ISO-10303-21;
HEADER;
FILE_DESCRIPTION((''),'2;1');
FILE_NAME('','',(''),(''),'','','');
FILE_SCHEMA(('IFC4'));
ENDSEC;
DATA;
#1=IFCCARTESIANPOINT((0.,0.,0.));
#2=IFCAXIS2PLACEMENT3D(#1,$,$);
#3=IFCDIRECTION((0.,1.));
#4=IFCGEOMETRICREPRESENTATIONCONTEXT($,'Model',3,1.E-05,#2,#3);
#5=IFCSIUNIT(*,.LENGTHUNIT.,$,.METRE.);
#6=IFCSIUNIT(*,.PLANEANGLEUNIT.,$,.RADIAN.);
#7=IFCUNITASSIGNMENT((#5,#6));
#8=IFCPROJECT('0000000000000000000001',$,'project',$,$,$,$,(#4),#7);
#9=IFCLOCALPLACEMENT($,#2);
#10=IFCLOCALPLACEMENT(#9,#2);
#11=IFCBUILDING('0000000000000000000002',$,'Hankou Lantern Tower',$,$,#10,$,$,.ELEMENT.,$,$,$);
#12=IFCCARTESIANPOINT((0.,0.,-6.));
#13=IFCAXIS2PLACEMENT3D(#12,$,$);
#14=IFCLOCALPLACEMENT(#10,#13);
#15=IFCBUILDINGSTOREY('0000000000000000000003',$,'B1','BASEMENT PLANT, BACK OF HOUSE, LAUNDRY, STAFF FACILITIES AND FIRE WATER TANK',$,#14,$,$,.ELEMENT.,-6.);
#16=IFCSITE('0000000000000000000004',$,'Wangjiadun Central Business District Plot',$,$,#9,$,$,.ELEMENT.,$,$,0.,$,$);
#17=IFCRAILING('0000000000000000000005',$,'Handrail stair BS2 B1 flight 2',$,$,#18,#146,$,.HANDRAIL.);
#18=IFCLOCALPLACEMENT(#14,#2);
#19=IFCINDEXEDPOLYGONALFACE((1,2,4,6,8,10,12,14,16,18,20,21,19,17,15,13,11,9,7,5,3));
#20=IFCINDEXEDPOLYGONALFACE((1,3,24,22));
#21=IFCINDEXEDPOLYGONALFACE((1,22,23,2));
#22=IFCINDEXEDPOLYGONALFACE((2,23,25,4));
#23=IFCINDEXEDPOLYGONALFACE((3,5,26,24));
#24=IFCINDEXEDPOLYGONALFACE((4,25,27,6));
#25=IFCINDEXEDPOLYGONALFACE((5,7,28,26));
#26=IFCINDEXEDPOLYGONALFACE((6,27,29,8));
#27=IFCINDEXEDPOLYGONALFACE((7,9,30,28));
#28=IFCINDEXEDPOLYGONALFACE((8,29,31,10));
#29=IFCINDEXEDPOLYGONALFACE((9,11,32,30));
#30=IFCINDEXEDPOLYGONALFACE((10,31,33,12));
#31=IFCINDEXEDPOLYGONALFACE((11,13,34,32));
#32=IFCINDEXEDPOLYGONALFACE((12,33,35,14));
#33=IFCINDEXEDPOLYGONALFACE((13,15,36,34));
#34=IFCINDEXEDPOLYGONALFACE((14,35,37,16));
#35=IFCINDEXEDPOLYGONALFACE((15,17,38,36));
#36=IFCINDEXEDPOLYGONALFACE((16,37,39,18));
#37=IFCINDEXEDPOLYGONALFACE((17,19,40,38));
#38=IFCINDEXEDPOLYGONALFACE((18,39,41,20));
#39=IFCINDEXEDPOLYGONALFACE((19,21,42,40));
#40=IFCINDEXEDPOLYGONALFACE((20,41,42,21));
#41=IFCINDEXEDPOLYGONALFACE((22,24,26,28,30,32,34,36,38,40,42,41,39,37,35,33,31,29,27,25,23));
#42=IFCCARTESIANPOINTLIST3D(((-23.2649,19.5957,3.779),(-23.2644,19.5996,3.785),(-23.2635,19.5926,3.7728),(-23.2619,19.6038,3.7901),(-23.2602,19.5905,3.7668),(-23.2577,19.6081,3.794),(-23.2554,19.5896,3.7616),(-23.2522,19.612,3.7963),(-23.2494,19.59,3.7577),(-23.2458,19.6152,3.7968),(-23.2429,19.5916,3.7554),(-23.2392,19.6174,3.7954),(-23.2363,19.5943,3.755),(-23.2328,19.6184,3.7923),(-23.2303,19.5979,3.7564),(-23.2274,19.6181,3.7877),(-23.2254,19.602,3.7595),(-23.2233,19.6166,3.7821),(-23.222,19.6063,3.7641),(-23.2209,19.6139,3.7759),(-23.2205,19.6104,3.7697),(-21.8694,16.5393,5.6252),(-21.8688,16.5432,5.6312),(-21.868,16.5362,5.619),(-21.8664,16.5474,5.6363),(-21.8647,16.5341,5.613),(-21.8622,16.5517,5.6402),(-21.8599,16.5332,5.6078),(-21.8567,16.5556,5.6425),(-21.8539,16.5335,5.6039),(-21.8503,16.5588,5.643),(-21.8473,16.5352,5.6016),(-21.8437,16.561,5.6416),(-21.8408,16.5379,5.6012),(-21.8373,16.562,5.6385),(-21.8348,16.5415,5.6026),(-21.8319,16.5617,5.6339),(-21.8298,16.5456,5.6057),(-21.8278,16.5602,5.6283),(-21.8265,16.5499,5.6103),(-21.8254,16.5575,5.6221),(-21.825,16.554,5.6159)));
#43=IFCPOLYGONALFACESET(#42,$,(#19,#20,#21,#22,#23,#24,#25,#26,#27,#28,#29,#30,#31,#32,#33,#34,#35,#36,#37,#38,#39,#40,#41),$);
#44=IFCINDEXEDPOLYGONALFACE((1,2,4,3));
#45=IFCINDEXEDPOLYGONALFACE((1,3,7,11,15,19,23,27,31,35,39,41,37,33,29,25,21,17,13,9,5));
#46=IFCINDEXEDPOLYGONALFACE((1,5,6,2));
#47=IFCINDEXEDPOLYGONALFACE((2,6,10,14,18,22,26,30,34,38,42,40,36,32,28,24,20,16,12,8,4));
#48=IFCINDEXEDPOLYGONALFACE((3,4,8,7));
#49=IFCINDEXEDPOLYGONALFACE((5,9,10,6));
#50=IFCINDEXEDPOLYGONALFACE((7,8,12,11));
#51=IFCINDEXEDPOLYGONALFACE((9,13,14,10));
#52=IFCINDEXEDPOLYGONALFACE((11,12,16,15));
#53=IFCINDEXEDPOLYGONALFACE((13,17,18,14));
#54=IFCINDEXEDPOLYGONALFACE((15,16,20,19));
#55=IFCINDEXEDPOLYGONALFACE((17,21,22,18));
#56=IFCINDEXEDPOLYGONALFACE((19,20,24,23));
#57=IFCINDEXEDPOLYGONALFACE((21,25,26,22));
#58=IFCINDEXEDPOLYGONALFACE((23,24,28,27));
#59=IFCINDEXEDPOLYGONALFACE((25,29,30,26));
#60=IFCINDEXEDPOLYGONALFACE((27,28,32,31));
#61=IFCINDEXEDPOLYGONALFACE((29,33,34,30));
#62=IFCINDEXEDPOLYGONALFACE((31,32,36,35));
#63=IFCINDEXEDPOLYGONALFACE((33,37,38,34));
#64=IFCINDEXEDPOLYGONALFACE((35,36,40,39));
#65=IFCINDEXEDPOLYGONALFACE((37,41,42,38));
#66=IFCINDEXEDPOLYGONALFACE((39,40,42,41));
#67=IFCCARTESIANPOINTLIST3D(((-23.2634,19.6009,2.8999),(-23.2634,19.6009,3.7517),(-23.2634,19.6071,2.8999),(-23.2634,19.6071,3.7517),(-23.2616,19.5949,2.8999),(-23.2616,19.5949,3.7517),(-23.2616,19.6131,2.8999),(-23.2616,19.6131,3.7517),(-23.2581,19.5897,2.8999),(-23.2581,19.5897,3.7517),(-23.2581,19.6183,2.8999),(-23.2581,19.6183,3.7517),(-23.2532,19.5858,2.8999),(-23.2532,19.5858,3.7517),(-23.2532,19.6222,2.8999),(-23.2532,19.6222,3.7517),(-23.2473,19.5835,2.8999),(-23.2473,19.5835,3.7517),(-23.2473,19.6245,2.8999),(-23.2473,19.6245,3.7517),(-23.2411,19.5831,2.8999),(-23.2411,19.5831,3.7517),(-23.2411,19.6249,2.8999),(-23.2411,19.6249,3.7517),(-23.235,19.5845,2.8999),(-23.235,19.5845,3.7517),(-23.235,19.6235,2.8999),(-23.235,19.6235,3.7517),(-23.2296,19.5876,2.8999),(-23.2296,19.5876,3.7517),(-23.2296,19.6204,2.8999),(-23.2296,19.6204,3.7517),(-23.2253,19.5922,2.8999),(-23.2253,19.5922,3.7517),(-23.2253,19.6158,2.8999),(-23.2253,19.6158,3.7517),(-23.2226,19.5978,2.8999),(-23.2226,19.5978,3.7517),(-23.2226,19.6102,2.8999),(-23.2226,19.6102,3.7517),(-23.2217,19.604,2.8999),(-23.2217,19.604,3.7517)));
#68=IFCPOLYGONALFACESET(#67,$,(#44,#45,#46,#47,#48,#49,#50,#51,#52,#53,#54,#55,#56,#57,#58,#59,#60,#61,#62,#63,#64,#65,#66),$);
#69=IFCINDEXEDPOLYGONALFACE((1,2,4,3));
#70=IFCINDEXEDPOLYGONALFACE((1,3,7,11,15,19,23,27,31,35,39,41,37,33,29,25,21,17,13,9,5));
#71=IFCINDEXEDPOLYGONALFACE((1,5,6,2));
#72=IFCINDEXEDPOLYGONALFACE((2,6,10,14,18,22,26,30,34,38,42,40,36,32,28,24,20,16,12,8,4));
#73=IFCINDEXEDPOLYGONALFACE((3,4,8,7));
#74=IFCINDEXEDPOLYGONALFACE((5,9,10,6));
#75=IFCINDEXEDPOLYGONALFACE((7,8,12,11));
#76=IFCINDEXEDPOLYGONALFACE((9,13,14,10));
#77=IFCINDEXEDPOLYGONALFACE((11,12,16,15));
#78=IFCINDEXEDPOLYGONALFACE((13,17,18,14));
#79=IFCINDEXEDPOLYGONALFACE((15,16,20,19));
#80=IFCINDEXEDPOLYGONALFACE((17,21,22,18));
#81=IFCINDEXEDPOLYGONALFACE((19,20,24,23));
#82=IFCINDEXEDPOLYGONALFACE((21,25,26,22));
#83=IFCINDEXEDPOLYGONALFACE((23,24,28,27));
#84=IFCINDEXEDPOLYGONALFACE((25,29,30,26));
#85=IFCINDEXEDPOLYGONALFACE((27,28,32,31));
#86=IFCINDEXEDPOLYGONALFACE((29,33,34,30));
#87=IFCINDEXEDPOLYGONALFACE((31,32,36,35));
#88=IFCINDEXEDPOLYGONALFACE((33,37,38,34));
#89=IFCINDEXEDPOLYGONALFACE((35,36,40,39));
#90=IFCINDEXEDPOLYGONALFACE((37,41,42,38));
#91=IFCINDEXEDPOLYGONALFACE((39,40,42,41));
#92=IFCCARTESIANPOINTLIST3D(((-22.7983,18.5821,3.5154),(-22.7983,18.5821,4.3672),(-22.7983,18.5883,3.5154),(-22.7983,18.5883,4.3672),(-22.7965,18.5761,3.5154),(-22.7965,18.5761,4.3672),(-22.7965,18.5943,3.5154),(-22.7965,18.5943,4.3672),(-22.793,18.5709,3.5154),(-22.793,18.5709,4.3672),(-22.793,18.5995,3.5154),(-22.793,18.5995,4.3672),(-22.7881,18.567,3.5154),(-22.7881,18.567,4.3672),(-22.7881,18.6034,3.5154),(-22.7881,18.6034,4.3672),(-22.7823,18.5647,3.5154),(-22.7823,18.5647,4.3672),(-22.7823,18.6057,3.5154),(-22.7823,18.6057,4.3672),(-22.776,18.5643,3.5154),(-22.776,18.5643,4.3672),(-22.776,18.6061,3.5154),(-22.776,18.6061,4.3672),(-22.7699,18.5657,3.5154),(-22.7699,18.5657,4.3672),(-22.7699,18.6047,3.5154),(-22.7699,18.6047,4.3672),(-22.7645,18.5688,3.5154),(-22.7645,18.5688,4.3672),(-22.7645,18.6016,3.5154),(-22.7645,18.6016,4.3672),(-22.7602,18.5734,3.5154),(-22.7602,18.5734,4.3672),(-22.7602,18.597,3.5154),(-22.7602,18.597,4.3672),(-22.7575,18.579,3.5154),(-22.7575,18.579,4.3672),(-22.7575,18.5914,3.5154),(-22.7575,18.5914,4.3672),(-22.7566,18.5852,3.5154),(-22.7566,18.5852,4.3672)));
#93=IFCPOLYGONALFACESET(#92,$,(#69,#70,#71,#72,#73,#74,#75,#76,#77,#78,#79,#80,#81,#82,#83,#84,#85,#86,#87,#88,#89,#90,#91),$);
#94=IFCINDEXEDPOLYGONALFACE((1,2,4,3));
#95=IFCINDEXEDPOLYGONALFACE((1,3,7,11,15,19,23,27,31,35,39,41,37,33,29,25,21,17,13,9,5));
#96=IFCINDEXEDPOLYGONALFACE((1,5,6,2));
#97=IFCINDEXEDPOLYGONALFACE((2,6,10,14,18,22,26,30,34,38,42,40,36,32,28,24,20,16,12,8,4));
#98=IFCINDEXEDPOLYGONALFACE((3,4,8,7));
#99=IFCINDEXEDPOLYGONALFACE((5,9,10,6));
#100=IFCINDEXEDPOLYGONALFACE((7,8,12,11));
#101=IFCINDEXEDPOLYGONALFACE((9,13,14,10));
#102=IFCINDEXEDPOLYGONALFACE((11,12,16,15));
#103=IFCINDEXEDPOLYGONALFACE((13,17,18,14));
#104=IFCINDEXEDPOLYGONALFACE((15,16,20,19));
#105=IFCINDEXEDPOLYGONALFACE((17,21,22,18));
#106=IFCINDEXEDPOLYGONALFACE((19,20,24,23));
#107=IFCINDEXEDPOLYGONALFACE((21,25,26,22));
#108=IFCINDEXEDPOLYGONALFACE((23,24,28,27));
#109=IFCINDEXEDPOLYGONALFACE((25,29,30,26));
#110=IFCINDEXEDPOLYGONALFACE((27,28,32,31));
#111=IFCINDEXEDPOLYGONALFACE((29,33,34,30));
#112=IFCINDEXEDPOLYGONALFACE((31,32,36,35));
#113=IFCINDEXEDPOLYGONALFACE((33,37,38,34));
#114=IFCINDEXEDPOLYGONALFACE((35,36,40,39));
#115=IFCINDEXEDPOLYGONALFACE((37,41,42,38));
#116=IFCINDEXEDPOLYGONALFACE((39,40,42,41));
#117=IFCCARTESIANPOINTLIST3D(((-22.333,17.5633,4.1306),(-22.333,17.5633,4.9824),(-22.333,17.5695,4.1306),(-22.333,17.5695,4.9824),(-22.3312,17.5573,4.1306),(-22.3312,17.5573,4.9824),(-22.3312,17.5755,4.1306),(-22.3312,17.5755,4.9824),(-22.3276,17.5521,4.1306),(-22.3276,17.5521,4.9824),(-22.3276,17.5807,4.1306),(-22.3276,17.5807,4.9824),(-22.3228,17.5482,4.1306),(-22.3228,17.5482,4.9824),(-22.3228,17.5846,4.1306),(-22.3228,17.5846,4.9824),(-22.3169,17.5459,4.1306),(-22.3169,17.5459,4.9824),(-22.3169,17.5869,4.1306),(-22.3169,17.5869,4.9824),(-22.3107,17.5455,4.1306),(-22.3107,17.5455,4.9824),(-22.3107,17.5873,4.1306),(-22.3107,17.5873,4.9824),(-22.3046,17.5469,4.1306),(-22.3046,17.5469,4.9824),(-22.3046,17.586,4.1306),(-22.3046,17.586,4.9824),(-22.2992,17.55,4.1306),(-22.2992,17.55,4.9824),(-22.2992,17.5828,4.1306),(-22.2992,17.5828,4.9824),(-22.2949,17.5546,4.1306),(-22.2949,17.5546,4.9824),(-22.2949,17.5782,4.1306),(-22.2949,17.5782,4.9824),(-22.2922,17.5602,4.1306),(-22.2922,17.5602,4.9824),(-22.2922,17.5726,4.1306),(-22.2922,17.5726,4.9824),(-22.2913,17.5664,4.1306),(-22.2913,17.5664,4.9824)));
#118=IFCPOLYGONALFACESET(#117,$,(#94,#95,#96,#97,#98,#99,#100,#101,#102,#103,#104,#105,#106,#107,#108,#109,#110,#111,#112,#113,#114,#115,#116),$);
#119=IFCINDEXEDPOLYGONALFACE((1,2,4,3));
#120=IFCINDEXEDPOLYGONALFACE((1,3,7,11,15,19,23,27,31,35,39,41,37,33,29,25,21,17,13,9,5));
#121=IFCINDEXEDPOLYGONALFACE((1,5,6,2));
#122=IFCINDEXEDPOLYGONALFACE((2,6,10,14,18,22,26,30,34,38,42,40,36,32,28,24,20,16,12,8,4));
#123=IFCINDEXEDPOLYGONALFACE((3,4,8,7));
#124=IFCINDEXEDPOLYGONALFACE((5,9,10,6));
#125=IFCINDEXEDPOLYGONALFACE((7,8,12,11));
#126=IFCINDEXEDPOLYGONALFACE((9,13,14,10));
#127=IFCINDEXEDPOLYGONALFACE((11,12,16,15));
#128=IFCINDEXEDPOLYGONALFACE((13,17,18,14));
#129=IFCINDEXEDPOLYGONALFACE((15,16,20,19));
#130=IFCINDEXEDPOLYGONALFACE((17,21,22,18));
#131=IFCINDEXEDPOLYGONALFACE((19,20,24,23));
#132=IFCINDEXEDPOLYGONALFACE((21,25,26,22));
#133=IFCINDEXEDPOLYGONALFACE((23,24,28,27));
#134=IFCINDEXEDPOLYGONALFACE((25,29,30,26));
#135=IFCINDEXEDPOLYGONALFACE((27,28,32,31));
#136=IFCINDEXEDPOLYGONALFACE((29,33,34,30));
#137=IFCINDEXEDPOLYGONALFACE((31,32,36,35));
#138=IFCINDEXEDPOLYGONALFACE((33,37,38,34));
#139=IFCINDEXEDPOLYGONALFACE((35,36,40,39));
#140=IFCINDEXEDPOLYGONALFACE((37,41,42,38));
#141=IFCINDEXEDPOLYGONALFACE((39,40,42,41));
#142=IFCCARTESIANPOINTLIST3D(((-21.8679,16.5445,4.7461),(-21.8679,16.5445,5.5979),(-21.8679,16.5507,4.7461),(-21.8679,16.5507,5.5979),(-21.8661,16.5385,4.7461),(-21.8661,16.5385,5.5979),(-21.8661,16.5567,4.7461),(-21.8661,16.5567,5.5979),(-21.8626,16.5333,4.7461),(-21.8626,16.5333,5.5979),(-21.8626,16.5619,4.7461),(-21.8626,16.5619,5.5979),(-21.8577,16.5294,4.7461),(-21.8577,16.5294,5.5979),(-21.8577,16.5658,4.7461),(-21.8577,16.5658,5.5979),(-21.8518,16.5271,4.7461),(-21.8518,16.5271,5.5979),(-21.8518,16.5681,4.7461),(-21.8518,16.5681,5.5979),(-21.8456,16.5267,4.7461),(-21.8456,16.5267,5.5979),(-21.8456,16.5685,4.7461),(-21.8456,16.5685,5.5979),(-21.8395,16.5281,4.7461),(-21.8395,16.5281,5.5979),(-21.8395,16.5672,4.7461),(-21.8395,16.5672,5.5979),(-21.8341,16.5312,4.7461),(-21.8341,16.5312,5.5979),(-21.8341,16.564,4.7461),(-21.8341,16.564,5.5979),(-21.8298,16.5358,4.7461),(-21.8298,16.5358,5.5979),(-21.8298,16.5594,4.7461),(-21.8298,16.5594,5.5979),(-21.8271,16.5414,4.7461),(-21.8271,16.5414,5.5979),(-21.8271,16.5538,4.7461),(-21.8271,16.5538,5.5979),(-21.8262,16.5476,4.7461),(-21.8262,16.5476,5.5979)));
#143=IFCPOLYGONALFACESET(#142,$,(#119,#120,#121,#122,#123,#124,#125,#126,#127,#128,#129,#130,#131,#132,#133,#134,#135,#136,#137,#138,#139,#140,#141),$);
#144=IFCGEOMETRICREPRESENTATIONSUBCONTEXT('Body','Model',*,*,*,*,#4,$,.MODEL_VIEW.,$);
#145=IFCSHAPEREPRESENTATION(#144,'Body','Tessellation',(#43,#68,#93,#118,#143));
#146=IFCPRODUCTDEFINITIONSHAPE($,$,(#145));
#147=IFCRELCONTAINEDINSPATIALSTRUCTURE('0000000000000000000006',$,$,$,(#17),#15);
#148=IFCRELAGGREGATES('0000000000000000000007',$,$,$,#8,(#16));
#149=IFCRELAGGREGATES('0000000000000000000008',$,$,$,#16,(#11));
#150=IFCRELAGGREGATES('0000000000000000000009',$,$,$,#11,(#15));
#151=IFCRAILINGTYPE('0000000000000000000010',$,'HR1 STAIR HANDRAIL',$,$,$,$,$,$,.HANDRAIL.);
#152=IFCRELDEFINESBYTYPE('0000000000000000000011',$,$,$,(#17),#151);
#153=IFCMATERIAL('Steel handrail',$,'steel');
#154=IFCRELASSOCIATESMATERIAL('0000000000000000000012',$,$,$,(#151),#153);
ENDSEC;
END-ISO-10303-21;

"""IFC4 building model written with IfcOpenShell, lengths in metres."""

from ifc_helpers import new_model, si_unit, direction, frame, origin, origin_2d, place, context, subcontext, project, spatial, circle, extrude, material, type_object, element, save


model = new_model("IFC4")

# Units and contexts
model_context = context("Model", 3, precision=1e-05, world=origin(), true_north=direction((0.0, 1.0)))
body_context = subcontext(model_context, "Body", "Model", "MODEL_VIEW")
ifc_project = project(units=[si_unit("LENGTHUNIT", "METRE"), si_unit("PLANEANGLEUNIT", "RADIAN")], contexts=[model_context])

# Site, building, storey
site_placement = place(None, origin())
site = spatial("IfcSite", under=ifc_project, at=site_placement, Name="Wangjiadun Central Business District Plot", CompositionType="ELEMENT", RefElevation=0.0)
building_placement = place(site_placement, origin())
building = spatial("IfcBuilding", under=site, at=building_placement, Name="Hankou Lantern Tower", CompositionType="ELEMENT")
storey_placement = place(building_placement, frame((0.0, 0.0, -6.0)))
storey = spatial("IfcBuildingStorey", under=building, at=storey_placement, Name="B1", Description="BASEMENT PLANT, BACK OF HOUSE, LAUNDRY, STAFF FACILITIES AND FIRE WATER TANK", CompositionType="ELEMENT", Elevation=-6.0)

# Railing
ifc_material_1 = material(Name="Steel handrail", Category="steel")
railing_type = type_object("IfcRailingType", Name="HR1 STAIR HANDRAIL", PredefinedType="HANDRAIL", material=ifc_material_1)
railing_1_placement = place(storey_placement, frame((-23.2427, 19.604, 2.8999)))
element("IfcRailing", 1, at=railing_1_placement, inside=storey, type_object=railing_type, Name="Handrail stair BS2 B1 flight 2", PredefinedType="HANDRAIL", context=body_context, shape_type="SweptSolid", body=[
    extrude(circle(Radius=0.0239, at=origin_2d()), frame((0.0, 0.0, 0.876), z_axis=(0.364009, -0.79724, 0.481566), x_axis=(0.909666, 0.415341, 0.0)), (0.0, 0.0, 1.0), 3.8337),
    extrude(circle(Radius=0.021, at=origin_2d()), origin(), (0.0, 0.0, 1.0), 0.8518),
    extrude(circle(Radius=0.021, at=origin_2d()), frame((0.4651, -1.0188, 0.6155)), (0.0, 0.0, 1.0), 0.8518),
    extrude(circle(Radius=0.021, at=origin_2d()), frame((0.9304, -2.0376, 1.2307)), (0.0, 0.0, 1.0), 0.8518),
    extrude(circle(Radius=0.021, at=origin_2d()), frame((1.3955, -3.0564, 1.8462)), (0.0, 0.0, 1.0), 0.8518),
])

save(model, "model.ifc")
